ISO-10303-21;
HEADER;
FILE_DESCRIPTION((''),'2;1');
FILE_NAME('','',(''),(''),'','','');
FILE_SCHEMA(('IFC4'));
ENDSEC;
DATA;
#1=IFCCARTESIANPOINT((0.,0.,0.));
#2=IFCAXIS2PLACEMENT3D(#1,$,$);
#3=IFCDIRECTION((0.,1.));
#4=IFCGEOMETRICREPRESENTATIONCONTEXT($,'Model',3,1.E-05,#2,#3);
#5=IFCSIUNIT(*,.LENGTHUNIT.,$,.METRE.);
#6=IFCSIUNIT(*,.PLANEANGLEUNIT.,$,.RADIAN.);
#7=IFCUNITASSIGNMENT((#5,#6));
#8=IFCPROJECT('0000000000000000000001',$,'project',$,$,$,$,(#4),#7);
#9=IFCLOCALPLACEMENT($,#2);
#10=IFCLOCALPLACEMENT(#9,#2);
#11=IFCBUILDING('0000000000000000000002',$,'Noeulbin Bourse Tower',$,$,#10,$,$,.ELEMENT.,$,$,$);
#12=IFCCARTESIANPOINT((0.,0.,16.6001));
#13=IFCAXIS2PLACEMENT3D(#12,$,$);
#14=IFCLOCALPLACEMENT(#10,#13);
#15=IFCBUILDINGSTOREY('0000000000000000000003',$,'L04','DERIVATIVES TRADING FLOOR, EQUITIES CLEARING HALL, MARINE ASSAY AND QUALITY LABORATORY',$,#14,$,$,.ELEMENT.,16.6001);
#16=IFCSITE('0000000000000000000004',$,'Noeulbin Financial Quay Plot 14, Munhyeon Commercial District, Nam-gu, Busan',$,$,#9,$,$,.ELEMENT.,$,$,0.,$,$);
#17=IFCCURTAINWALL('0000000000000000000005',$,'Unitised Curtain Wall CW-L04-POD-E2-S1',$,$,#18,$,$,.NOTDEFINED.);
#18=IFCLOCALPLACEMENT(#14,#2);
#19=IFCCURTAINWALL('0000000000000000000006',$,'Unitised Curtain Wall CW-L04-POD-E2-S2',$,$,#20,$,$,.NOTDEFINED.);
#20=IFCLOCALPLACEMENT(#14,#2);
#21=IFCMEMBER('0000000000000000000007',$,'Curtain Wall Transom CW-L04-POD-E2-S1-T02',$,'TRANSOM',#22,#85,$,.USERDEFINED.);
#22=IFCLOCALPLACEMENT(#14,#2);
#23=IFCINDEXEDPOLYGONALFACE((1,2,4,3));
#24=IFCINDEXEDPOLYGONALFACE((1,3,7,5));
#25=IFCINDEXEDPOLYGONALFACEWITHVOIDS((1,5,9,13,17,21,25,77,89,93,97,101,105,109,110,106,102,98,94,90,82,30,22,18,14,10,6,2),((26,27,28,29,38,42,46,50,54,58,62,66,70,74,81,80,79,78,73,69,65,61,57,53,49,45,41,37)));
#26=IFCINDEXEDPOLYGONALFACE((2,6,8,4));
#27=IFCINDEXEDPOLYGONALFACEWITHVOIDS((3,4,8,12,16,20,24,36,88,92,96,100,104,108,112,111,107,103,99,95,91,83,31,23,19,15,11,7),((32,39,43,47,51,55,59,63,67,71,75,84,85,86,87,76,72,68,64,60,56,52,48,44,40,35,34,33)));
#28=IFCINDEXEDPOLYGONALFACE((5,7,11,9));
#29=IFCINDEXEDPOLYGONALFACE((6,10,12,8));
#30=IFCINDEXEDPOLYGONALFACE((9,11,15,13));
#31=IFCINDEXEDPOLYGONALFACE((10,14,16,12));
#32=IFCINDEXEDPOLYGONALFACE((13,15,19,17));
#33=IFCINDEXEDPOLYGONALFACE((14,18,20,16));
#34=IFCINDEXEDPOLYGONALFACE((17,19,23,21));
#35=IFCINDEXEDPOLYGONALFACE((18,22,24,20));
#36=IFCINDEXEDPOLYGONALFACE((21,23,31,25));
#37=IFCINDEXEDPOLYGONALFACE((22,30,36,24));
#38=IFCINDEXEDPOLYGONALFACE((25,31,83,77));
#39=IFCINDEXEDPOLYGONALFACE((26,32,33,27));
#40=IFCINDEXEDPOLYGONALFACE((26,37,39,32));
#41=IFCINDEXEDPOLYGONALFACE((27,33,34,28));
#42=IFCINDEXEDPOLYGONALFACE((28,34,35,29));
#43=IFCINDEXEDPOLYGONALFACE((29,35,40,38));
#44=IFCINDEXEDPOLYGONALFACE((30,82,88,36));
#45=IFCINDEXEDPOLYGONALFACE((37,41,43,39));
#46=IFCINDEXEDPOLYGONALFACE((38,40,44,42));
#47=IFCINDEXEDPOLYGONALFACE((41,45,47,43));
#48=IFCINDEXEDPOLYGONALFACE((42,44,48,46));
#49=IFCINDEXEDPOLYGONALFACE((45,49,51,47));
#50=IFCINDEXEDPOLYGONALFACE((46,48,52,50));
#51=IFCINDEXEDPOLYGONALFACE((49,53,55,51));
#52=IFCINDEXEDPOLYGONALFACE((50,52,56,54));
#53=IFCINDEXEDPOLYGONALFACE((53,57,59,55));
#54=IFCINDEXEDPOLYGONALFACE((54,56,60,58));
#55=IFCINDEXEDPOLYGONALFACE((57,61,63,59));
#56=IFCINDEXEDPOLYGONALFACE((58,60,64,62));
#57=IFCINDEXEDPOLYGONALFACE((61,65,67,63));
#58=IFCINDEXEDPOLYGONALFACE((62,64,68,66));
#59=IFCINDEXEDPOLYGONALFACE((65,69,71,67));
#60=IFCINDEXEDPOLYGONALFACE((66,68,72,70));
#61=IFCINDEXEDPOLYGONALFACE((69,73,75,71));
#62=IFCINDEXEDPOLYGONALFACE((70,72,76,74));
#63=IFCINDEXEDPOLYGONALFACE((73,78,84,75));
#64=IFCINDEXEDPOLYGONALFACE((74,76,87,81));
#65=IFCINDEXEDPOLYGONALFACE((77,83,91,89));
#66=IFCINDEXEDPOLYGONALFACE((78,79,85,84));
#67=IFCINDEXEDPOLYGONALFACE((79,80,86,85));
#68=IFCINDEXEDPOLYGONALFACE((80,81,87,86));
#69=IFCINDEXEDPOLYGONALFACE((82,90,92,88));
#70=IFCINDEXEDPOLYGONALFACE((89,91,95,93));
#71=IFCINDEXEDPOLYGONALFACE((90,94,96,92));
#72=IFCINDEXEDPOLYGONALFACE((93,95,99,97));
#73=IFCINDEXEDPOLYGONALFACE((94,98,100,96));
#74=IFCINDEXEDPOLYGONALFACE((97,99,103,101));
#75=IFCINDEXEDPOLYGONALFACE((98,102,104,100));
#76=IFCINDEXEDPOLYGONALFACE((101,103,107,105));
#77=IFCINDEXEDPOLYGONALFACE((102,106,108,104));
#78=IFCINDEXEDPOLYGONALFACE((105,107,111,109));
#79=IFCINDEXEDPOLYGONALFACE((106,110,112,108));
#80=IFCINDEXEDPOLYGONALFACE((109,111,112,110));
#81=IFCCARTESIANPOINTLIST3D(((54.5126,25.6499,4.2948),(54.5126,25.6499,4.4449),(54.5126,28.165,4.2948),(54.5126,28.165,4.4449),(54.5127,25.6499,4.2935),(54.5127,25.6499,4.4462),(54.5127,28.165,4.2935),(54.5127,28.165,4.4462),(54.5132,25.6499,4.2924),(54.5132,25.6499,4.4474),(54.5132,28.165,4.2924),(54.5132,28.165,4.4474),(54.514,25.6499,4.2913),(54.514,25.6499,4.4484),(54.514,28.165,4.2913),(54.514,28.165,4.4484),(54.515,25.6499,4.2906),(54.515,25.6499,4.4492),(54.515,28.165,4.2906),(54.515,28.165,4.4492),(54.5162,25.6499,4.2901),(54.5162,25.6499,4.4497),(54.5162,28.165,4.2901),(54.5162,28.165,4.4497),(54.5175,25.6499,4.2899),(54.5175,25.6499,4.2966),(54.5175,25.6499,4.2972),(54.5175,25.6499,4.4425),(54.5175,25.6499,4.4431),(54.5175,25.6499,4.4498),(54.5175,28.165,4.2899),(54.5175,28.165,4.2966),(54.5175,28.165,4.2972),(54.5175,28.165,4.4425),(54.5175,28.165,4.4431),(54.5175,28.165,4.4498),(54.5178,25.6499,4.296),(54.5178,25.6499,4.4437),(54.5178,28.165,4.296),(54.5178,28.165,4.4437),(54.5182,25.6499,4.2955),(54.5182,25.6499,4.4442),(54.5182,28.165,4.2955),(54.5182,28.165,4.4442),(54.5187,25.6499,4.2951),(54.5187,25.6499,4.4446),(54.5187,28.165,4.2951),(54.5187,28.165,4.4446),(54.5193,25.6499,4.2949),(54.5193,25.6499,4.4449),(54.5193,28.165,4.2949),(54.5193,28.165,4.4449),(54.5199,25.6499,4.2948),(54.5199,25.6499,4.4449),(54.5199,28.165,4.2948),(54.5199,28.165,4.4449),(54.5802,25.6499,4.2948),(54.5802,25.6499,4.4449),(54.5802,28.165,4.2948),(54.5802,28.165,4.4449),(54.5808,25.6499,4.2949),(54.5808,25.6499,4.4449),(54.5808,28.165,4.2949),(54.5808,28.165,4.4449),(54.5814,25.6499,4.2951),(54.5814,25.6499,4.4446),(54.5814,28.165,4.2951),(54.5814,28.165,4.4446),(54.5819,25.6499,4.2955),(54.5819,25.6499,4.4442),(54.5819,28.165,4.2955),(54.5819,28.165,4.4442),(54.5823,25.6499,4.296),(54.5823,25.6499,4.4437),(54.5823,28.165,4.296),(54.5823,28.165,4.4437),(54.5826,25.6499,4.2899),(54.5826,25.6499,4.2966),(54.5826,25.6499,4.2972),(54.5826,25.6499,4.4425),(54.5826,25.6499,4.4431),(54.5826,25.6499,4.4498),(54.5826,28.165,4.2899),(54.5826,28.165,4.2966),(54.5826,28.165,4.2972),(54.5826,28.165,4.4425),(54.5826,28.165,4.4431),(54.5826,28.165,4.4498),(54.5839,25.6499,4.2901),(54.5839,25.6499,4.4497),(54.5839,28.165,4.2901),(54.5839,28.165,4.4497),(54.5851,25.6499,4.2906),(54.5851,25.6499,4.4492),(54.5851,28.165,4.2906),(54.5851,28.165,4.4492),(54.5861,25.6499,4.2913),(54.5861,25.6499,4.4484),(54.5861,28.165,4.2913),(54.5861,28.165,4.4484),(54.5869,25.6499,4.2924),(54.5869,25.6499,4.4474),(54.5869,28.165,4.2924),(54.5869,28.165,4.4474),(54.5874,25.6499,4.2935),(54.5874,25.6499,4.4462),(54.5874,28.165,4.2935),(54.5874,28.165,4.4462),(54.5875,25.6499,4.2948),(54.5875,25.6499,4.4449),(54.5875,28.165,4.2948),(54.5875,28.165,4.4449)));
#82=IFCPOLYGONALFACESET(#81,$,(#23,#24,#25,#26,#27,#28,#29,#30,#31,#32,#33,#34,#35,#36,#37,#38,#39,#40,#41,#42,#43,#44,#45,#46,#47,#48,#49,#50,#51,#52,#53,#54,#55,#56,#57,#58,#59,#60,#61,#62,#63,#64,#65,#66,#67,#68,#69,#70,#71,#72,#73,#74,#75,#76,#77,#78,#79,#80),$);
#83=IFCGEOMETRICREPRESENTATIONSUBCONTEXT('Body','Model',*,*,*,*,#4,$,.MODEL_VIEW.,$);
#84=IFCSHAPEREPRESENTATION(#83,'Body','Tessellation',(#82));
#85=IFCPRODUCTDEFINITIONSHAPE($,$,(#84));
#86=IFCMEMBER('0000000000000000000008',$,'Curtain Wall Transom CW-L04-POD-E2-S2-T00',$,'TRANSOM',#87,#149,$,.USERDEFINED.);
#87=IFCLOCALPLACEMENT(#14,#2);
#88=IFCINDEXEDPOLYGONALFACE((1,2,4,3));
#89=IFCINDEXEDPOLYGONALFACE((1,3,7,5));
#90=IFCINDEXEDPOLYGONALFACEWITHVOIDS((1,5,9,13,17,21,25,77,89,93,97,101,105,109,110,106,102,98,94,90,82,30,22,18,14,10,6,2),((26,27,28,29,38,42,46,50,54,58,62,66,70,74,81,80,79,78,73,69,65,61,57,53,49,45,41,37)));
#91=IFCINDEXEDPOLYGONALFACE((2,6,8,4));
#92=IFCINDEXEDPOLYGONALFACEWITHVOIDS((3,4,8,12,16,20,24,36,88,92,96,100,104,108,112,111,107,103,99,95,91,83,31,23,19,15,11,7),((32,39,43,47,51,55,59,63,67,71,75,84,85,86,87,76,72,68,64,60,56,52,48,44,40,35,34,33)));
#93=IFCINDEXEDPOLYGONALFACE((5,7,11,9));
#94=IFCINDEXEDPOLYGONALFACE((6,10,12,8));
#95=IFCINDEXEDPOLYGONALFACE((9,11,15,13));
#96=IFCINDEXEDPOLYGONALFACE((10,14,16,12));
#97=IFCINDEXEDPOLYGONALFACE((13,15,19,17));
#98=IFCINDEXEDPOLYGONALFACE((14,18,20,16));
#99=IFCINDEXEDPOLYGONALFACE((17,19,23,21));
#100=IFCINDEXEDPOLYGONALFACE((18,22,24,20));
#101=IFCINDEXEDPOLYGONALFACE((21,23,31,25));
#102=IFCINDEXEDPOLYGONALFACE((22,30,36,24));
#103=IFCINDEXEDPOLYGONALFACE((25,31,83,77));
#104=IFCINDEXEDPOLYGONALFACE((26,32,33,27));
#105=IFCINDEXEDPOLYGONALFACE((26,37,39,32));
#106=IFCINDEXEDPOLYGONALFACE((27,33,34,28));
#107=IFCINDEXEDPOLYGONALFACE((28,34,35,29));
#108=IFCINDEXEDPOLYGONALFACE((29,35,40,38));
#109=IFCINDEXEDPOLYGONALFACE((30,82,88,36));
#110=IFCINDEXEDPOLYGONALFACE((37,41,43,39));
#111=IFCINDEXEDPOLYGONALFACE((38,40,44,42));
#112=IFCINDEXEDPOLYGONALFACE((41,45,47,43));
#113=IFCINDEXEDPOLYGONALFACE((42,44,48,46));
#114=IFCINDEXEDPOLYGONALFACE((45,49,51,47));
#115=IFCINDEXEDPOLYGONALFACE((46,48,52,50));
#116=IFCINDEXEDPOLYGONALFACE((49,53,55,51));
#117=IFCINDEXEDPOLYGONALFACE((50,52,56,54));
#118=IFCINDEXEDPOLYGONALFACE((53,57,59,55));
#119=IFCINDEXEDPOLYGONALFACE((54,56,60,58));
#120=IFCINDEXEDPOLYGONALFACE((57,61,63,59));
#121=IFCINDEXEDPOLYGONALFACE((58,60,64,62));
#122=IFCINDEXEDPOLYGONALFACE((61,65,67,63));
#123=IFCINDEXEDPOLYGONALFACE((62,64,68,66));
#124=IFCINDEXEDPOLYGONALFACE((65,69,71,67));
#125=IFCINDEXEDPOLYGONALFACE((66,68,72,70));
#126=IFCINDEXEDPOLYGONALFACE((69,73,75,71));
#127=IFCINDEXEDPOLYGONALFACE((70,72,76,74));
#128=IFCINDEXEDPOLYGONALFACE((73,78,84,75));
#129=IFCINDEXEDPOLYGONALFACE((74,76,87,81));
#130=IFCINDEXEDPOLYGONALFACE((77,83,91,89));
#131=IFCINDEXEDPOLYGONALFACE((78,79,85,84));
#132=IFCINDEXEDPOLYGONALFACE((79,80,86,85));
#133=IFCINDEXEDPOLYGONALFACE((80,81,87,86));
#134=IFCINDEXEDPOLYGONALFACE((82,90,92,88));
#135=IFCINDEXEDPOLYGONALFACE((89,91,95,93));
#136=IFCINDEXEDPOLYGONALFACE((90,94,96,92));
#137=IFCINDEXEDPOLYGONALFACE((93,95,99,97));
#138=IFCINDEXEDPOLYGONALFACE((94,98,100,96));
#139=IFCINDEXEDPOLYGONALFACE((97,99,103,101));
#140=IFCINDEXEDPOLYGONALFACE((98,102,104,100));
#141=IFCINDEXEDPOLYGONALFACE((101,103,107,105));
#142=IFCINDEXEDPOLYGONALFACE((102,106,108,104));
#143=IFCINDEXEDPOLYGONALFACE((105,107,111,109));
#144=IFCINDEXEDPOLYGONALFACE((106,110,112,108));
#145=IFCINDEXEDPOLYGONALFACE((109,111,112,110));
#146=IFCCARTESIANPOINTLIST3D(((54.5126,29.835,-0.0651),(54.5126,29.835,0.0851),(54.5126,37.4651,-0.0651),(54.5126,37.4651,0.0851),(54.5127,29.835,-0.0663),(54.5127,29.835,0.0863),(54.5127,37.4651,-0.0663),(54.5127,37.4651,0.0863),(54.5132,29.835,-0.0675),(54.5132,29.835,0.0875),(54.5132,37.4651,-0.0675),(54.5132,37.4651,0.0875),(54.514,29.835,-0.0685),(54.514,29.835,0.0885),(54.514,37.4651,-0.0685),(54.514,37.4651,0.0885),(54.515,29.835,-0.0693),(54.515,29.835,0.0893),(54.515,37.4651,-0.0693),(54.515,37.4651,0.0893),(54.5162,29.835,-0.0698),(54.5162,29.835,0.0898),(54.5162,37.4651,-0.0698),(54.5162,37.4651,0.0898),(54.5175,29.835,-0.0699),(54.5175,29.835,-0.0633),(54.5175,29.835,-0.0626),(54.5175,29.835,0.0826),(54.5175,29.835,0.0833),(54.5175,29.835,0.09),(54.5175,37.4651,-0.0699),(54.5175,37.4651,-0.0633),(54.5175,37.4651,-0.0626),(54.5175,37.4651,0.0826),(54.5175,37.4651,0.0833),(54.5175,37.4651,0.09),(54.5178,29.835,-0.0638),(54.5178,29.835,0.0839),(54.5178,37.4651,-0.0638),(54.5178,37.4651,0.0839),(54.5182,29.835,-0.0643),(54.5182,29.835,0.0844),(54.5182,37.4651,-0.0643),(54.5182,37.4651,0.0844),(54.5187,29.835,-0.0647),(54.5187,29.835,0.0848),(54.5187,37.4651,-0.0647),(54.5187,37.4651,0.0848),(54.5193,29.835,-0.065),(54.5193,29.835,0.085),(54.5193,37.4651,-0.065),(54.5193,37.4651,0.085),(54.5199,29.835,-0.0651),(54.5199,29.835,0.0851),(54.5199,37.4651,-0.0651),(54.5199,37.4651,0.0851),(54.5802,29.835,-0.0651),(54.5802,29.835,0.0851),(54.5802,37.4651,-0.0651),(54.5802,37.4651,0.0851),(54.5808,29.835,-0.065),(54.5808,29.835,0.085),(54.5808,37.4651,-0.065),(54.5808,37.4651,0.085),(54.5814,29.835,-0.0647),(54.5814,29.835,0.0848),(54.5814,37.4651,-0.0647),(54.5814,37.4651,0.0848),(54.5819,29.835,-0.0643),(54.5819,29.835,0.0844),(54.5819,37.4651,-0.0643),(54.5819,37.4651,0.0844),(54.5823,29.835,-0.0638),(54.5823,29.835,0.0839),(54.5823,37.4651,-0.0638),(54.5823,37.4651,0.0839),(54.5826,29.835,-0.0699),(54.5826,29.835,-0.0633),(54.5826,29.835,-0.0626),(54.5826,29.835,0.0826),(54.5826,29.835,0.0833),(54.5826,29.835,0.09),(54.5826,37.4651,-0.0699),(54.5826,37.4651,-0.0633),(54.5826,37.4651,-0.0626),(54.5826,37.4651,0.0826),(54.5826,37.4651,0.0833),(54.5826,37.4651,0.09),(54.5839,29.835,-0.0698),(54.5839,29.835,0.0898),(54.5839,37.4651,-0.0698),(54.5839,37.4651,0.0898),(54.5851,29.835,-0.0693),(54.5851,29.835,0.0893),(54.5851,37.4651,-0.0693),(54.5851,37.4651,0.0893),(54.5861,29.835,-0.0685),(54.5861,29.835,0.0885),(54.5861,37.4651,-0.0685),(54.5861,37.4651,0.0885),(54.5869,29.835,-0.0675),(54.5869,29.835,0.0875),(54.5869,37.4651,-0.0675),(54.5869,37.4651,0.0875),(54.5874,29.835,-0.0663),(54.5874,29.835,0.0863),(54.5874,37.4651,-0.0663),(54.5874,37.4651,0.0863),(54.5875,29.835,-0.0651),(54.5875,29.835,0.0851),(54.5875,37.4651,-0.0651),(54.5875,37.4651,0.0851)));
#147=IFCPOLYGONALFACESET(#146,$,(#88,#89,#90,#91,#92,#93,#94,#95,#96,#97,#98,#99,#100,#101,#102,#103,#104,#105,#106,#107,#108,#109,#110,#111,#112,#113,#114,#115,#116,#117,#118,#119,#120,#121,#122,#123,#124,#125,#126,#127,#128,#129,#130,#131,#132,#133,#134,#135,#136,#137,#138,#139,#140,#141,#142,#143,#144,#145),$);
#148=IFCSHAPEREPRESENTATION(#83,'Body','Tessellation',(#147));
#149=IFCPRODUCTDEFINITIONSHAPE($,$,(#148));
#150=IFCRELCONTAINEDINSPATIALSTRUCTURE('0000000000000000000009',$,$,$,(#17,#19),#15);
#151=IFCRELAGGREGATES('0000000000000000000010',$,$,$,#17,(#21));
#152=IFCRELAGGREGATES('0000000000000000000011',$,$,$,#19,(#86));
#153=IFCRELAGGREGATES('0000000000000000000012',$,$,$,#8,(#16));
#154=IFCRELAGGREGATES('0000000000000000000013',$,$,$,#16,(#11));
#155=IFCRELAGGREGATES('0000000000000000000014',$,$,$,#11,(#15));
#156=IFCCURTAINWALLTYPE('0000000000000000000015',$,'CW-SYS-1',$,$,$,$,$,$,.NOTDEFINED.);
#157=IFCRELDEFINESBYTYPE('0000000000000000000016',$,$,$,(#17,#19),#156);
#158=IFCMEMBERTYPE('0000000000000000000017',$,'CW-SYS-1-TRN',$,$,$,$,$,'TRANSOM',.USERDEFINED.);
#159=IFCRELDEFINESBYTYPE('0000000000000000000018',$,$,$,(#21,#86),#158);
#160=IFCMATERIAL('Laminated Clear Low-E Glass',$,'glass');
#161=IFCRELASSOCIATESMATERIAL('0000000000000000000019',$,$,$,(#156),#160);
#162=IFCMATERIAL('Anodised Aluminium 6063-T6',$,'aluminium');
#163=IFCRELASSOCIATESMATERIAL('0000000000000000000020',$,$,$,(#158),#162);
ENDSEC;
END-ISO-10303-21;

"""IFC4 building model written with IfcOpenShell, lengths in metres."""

from ifc_helpers import new_model, si_unit, direction, frame, origin, origin_2d, place, context, subcontext, project, spatial, hollow_rectangle, extrude, material, material_profile, profile_set, type_object, element, aggregate, save


model = new_model("IFC4")

# Units and contexts
model_context = context("Model", 3, precision=1e-05, world=origin(), true_north=direction((0.0, 1.0)))
body_context = subcontext(model_context, "Body", "Model", "MODEL_VIEW")
ifc_project = project(units=[si_unit("LENGTHUNIT", "METRE"), si_unit("PLANEANGLEUNIT", "RADIAN")], contexts=[model_context])

# Site, building, storey
site_placement = place(None, origin())
site = spatial("IfcSite", under=ifc_project, at=site_placement, Name="Noeulbin Financial Quay Plot 14, Munhyeon Commercial District, Nam-gu, Busan", CompositionType="ELEMENT", RefElevation=0.0)
building_placement = place(site_placement, origin())
building = spatial("IfcBuilding", under=site, at=building_placement, Name="Noeulbin Bourse Tower", CompositionType="ELEMENT")
storey_placement = place(building_placement, frame((0.0, 0.0, 16.6001)))
storey = spatial("IfcBuildingStorey", under=building, at=storey_placement, Name="L04", Description="DERIVATIVES TRADING FLOOR, EQUITIES CLEARING HALL, MARINE ASSAY AND QUALITY LABORATORY", CompositionType="ELEMENT", Elevation=16.6001)

# Curtain walls
ifc_material_1 = material(Name="Laminated Clear Low-E Glass", Category="glass")
curtain_wall_type = type_object("IfcCurtainWallType", Name="CW-SYS-1", PredefinedType="NOTDEFINED", material=ifc_material_1)
curtain_wall_1_placement = place(storey_placement, origin())
curtain_wall_1 = element("IfcCurtainWall", 1, at=curtain_wall_1_placement, inside=storey, type_object=curtain_wall_type, Name="Unitised Curtain Wall CW-L04-POD-E2-S1", PredefinedType="NOTDEFINED")
ifc_material_2 = material(Name="Anodised Aluminium 6063-T6", Category="aluminium")
curtain_wall_2_placement = place(storey_placement, origin())
curtain_wall_2 = element("IfcCurtainWall", 2, at=curtain_wall_2_placement, inside=storey, type_object=curtain_wall_type, Name="Unitised Curtain Wall CW-L04-POD-E2-S2", PredefinedType="NOTDEFINED")

# Members
ifc_material_profile_1 = material_profile(ifc_material_2, hollow_rectangle(XDim=0.075, YDim=0.1599, WallThickness=0.0049, InnerFilletRadius=0.0024, OuterFilletRadius=0.0049, at=origin_2d()), Name="ALU-TRAN-75x160x5", Category="LoadBearing")
ifc_profile_set_1 = profile_set([ifc_material_profile_1], Name="Anodised Aluminium 6063-T6")
member_type_1 = type_object("IfcMemberType", Name="CW-SYS-1-TRN", ElementType="TRANSOM", PredefinedType="USERDEFINED", material=ifc_profile_set_1)
member_1_placement = place(storey_placement, frame((54.55, 25.6499, 4.3699), z_axis=(0.0, 1.0, 0.0), x_axis=(-1.0, 0.0, 0.0)))
member_1 = element("IfcMember", 3, at=member_1_placement, type_object=member_type_1, Name="Curtain Wall Transom CW-L04-POD-E2-S1-T02", ObjectType="TRANSOM", PredefinedType="USERDEFINED", context=body_context, shape_type="SweptSolid", body=[
    extrude(hollow_rectangle(XDim=0.075, YDim=0.1599, WallThickness=0.0049, InnerFilletRadius=0.0024, OuterFilletRadius=0.0049, at=origin_2d()), origin(), (0.0, 0.0, 1.0), 2.5151),
])
member_2_placement = place(storey_placement, frame((54.55, 29.835, 0.01), z_axis=(0.0, 1.0, 0.0), x_axis=(-1.0, 0.0, 0.0)))
member_2 = element("IfcMember", 4, at=member_2_placement, type_object=member_type_1, Name="Curtain Wall Transom CW-L04-POD-E2-S2-T00", ObjectType="TRANSOM", PredefinedType="USERDEFINED", context=body_context, shape_type="SweptSolid", body=[
    extrude(hollow_rectangle(XDim=0.075, YDim=0.1599, WallThickness=0.0049, InnerFilletRadius=0.0024, OuterFilletRadius=0.0049, at=origin_2d()), origin(), (0.0, 0.0, 1.0), 7.6301),
])

aggregate(curtain_wall_1, [member_1])
aggregate(curtain_wall_2, [member_2])

save(model, "model.ifc")
